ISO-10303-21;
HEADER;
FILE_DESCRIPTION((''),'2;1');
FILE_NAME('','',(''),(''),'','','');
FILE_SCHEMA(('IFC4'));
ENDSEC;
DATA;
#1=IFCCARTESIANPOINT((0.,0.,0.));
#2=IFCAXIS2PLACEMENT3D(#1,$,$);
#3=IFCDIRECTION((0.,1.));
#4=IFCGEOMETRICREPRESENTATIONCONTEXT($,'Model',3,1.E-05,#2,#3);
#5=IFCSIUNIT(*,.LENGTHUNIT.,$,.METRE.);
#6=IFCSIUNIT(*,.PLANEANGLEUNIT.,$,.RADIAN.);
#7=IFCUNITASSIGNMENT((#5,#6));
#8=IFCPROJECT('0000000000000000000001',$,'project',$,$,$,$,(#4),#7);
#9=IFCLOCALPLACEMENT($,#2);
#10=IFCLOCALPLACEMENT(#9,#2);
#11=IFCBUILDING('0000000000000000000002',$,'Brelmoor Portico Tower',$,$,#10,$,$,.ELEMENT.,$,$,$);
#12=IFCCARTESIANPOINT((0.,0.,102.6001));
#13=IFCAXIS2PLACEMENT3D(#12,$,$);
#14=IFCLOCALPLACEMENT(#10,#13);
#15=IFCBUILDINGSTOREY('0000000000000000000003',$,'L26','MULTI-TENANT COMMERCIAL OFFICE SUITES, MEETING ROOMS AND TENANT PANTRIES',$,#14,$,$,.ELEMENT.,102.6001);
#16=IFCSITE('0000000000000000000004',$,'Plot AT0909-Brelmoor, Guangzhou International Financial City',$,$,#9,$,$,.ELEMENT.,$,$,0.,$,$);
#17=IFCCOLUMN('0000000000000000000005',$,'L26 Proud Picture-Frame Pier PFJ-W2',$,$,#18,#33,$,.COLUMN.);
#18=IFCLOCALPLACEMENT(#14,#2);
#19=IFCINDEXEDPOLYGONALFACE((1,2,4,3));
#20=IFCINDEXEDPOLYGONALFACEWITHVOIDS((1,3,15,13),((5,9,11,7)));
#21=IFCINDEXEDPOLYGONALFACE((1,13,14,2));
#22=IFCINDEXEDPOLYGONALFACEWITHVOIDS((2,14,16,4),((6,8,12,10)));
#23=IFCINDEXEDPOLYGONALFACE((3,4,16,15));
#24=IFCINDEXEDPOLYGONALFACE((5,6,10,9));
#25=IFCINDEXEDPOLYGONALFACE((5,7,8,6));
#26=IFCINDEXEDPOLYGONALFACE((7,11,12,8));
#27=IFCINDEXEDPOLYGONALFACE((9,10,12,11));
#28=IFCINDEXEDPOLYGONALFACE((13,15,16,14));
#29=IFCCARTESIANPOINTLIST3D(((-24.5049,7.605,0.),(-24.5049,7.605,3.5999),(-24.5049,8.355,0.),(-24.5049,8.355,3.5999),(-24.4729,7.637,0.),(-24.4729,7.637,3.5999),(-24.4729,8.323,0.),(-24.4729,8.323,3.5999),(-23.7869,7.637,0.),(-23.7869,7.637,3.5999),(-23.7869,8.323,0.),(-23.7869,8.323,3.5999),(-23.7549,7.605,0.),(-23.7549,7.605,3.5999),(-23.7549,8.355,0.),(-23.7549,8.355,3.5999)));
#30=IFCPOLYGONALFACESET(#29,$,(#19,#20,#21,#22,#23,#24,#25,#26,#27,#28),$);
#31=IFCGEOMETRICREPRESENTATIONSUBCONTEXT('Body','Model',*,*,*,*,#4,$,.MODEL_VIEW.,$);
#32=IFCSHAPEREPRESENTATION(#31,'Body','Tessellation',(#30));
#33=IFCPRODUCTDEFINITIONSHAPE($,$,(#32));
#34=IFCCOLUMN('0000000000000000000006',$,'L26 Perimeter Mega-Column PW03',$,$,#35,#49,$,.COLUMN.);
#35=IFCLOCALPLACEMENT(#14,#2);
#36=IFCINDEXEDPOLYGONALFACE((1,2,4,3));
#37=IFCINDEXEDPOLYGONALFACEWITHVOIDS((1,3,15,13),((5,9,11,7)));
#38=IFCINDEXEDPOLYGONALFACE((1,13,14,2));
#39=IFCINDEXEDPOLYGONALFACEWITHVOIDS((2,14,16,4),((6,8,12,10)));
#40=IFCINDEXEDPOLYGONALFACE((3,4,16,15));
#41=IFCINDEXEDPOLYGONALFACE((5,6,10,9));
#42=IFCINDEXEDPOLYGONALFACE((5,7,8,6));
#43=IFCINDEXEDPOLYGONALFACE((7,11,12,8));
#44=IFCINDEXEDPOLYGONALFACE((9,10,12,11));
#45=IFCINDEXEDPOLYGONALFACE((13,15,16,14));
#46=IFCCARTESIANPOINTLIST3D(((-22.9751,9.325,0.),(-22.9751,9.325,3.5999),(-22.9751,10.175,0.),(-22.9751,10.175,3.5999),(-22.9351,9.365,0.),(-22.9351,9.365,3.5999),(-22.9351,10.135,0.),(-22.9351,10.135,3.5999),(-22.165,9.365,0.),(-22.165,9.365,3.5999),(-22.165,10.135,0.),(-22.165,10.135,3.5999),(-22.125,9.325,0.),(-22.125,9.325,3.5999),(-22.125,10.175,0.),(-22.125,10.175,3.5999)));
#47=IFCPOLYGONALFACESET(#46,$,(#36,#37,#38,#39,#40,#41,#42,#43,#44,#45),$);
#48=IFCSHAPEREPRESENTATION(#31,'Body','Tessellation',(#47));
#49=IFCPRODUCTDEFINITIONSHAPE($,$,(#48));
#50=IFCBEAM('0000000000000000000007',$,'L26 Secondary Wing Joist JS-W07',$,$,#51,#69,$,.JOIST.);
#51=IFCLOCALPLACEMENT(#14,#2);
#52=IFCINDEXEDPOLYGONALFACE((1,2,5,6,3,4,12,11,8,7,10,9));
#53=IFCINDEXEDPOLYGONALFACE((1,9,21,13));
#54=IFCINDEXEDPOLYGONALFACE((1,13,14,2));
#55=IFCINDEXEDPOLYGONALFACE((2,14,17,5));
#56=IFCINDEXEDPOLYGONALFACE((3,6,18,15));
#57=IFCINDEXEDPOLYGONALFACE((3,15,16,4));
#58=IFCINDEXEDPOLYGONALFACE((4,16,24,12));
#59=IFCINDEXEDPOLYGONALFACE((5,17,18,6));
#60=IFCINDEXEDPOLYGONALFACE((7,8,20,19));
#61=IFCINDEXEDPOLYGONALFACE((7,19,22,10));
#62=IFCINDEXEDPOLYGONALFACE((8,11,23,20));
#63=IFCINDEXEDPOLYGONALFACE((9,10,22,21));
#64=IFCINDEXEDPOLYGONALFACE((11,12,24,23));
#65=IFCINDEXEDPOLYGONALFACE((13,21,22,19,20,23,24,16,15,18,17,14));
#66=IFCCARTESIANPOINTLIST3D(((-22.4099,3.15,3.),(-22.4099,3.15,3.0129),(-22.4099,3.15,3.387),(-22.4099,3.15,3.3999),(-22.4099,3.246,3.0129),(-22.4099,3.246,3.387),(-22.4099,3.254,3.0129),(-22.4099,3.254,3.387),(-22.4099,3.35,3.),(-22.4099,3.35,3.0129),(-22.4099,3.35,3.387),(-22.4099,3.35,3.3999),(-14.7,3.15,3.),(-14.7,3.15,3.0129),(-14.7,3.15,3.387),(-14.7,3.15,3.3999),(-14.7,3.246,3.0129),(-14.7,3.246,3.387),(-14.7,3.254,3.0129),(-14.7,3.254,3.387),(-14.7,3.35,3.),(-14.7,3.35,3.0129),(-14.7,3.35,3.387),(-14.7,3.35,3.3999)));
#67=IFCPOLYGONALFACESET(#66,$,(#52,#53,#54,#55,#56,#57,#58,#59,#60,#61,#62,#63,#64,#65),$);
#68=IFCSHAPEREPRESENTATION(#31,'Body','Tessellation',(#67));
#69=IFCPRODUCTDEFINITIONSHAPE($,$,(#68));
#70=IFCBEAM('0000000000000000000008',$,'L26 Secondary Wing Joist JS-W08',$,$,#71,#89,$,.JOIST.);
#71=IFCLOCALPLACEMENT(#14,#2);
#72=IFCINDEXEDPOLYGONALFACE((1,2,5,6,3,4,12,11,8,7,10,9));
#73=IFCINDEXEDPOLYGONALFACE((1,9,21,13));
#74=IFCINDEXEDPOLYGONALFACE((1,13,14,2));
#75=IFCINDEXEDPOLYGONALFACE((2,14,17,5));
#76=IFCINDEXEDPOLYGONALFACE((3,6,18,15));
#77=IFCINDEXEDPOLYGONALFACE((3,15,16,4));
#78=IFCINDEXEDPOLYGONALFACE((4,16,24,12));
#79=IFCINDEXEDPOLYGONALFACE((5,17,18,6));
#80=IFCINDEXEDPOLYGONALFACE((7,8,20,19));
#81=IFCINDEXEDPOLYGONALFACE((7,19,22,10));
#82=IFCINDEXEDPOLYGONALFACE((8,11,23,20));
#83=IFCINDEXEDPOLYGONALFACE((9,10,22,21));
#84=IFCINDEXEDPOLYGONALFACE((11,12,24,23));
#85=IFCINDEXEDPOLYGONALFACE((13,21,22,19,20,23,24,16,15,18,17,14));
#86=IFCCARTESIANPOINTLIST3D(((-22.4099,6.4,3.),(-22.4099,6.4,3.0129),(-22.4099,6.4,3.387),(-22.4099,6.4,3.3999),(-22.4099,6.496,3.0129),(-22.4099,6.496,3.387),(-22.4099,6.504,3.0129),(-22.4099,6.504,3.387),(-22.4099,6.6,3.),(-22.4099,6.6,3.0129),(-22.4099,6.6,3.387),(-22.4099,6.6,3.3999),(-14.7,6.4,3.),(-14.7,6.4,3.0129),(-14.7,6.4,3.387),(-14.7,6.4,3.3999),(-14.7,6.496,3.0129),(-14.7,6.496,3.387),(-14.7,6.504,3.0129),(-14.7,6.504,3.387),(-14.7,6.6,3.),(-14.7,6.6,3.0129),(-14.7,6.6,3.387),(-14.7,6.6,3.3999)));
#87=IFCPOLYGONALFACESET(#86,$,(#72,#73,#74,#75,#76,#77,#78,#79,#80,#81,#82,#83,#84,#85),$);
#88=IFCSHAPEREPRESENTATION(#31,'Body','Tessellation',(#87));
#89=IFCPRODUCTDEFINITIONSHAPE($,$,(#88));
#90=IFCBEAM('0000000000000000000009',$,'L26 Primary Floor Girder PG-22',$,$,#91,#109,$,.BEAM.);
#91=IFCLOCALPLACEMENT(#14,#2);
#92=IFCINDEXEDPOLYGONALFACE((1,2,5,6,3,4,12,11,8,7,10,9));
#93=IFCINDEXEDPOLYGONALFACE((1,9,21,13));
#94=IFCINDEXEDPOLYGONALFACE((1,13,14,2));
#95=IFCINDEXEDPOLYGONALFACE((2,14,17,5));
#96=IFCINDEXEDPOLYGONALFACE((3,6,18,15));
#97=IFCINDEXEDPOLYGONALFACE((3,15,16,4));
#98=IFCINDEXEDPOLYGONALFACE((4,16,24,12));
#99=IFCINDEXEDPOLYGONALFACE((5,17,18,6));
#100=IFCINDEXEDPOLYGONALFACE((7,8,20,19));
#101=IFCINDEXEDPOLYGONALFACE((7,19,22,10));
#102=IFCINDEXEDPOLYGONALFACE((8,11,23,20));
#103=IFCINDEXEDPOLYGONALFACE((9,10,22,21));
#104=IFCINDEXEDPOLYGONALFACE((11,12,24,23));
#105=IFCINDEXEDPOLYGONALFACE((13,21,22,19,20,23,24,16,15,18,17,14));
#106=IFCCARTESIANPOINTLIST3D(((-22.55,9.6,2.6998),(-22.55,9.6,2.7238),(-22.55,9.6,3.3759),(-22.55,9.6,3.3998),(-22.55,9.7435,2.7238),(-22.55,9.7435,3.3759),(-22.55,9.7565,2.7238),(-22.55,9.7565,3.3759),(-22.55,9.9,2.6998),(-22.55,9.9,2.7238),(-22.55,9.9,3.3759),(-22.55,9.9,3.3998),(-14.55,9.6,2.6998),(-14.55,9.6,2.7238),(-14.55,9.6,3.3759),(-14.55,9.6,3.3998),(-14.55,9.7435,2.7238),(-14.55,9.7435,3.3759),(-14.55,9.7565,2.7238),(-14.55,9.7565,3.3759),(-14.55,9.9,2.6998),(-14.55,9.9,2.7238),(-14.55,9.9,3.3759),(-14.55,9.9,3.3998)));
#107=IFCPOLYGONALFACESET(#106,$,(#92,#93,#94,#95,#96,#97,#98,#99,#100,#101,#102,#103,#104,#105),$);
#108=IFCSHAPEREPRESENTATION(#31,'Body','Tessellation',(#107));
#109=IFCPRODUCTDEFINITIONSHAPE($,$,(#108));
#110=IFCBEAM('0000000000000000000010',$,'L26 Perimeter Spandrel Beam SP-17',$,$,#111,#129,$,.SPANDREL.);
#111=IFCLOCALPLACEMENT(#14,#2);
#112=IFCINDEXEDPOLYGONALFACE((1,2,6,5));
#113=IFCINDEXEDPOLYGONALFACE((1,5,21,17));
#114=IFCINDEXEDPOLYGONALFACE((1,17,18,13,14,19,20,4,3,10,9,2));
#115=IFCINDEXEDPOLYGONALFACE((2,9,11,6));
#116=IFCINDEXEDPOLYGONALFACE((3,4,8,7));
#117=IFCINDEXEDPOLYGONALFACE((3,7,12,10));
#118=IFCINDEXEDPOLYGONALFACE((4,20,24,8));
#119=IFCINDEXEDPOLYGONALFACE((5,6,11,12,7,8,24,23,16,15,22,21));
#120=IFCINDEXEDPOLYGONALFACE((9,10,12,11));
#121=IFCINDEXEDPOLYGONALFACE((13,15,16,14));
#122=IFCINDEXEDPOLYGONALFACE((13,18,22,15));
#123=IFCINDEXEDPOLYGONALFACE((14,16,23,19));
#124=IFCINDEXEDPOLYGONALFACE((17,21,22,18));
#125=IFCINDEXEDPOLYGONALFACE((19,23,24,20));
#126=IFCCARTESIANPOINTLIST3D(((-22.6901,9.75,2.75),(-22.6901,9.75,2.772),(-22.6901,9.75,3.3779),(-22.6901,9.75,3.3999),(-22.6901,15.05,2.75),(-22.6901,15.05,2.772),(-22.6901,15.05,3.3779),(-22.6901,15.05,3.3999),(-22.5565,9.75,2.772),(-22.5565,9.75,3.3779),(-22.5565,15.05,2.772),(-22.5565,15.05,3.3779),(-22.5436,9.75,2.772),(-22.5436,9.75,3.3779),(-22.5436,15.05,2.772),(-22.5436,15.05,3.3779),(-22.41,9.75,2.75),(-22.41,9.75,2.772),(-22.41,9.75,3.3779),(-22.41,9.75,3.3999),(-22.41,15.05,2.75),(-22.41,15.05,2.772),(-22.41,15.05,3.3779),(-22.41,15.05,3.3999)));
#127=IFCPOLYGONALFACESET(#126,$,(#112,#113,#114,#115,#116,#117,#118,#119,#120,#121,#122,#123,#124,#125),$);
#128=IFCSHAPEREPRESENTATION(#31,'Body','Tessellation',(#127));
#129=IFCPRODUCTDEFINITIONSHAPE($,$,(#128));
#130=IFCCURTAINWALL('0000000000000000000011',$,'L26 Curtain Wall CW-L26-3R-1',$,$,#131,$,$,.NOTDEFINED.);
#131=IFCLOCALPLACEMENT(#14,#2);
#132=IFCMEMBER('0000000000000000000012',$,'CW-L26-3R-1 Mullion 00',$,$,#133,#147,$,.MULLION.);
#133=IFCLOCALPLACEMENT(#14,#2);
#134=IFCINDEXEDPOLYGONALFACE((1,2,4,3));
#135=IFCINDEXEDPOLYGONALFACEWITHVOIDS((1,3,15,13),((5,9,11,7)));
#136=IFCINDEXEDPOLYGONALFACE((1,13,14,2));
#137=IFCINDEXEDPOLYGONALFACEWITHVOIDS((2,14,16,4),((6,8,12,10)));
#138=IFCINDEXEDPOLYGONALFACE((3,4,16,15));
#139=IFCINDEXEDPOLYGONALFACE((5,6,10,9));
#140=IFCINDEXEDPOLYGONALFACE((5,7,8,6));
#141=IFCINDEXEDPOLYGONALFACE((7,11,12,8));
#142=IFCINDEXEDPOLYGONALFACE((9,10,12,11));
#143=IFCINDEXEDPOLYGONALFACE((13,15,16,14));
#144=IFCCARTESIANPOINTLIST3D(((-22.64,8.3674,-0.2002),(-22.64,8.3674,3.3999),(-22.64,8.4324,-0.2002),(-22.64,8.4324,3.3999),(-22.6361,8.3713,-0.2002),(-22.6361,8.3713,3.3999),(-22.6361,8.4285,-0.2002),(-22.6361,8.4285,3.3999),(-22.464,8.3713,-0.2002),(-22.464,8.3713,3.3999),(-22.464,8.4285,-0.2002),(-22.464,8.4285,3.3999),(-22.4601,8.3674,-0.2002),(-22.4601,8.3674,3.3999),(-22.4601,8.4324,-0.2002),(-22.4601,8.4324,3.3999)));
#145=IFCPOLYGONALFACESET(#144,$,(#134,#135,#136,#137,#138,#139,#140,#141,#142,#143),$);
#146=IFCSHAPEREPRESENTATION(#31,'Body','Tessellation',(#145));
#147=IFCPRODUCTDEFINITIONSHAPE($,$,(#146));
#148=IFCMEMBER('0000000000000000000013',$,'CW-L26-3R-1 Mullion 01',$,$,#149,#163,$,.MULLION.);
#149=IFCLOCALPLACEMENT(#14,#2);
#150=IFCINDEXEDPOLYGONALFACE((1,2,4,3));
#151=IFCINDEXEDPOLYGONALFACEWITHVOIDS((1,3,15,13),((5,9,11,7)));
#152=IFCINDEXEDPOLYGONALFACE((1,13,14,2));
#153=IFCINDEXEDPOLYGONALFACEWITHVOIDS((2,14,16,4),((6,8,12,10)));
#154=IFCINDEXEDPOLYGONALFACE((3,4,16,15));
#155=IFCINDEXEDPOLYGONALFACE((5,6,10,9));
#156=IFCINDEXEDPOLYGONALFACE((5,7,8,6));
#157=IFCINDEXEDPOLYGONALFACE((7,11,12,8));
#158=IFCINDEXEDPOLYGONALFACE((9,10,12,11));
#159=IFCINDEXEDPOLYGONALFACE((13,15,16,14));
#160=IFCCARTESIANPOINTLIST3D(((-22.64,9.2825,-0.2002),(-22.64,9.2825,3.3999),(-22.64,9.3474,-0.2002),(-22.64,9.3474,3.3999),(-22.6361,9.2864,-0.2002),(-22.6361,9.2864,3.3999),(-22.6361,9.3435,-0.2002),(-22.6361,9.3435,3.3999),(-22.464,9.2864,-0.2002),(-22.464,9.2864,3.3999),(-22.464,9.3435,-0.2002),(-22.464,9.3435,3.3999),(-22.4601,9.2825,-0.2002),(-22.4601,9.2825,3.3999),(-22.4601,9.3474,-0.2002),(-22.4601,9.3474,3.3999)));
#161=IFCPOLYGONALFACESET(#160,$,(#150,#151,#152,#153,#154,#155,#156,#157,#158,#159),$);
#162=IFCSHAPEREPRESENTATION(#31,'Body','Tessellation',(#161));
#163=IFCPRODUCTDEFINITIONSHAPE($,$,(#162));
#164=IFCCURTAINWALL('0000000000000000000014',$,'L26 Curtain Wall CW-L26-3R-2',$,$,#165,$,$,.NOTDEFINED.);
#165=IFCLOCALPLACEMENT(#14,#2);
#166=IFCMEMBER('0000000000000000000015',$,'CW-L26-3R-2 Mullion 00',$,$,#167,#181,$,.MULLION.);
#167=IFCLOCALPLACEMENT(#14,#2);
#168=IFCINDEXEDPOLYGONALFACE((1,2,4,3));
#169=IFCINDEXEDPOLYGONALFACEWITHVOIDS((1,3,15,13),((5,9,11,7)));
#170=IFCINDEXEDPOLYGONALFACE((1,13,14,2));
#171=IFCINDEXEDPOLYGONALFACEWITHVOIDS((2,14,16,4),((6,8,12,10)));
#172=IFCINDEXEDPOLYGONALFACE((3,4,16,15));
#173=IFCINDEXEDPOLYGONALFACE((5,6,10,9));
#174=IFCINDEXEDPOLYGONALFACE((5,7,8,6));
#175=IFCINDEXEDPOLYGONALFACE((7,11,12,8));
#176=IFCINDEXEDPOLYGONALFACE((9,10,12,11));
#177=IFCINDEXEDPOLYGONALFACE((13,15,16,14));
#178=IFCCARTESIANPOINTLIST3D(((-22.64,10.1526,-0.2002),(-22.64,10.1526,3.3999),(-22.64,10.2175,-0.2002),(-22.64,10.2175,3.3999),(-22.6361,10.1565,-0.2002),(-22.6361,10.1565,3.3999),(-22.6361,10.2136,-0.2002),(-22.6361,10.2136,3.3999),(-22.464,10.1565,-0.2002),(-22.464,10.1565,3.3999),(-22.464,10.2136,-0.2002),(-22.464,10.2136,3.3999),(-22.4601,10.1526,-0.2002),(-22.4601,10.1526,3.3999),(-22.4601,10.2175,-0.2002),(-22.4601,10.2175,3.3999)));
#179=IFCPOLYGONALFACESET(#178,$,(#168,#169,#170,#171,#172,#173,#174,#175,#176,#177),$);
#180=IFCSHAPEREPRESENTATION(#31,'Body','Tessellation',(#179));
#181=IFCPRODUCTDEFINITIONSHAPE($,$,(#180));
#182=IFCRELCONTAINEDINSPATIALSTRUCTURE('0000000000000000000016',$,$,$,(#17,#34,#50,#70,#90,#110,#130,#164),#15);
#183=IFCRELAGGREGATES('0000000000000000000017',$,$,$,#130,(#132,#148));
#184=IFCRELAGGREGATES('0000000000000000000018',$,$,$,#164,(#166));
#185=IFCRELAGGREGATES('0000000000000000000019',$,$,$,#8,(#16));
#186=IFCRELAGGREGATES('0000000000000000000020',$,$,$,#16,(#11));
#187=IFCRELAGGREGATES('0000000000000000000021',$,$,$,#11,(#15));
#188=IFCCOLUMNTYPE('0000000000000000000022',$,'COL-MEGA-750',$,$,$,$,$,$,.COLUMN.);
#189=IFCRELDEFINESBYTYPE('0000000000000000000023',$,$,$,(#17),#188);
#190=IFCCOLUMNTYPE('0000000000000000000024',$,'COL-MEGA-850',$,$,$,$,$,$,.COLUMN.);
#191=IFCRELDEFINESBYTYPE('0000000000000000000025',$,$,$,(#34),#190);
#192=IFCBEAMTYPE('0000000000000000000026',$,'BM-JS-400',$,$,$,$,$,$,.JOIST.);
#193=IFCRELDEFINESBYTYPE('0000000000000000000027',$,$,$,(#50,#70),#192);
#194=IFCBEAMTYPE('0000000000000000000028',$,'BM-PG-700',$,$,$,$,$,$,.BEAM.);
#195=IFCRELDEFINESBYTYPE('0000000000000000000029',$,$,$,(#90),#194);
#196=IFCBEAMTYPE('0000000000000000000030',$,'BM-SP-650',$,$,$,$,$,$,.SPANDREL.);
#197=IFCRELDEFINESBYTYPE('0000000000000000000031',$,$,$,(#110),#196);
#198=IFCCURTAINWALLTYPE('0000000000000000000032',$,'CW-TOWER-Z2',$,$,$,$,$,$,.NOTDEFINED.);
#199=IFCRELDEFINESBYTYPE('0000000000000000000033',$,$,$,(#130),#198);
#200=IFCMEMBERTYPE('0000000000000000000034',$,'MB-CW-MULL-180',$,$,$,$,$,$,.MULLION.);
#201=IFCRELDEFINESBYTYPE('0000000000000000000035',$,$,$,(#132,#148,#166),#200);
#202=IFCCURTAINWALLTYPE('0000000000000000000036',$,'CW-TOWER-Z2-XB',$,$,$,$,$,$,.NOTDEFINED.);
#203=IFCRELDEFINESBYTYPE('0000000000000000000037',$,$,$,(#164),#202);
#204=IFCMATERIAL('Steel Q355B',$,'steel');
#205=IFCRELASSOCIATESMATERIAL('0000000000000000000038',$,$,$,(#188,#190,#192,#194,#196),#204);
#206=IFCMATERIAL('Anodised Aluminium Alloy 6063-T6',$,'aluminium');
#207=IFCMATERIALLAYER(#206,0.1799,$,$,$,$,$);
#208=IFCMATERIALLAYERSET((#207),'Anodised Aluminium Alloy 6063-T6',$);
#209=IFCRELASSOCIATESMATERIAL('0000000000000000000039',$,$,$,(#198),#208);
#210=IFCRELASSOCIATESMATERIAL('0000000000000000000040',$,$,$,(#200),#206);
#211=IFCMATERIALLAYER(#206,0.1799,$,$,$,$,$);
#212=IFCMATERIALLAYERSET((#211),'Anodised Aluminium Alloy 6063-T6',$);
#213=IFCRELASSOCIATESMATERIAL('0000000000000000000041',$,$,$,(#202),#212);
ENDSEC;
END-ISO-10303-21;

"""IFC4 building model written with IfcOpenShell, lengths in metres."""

from ifc_helpers import new_model, si_unit, direction, frame, origin, origin_2d, place, context, subcontext, project, spatial, hollow_rectangle, i_section, extrude, material, layer, layer_set, material_profile, profile_set, type_object, element, aggregate, save


model = new_model("IFC4")

# Units and contexts
model_context = context("Model", 3, precision=1e-05, world=origin(), true_north=direction((0.0, 1.0)))
body_context = subcontext(model_context, "Body", "Model", "MODEL_VIEW")
ifc_project = project(units=[si_unit("LENGTHUNIT", "METRE"), si_unit("PLANEANGLEUNIT", "RADIAN")], contexts=[model_context])

# Site, building, storey
site_placement = place(None, origin())
site = spatial("IfcSite", under=ifc_project, at=site_placement, Name="Plot AT0909-Brelmoor, Guangzhou International Financial City", CompositionType="ELEMENT", RefElevation=0.0)
building_placement = place(site_placement, origin())
building = spatial("IfcBuilding", under=site, at=building_placement, Name="Brelmoor Portico Tower", CompositionType="ELEMENT")
storey_placement = place(building_placement, frame((0.0, 0.0, 102.6001)))
storey = spatial("IfcBuildingStorey", under=building, at=storey_placement, Name="L26", Description="MULTI-TENANT COMMERCIAL OFFICE SUITES, MEETING ROOMS AND TENANT PANTRIES", CompositionType="ELEMENT", Elevation=102.6001)

# Columns
ifc_material_1 = material(Name="Steel Q355B", Category="steel")
ifc_material_profile_1 = material_profile(ifc_material_1, hollow_rectangle(XDim=0.75, YDim=0.75, WallThickness=0.032, at=origin_2d()), Name="BOX 750x750x32")
ifc_profile_set_1 = profile_set([ifc_material_profile_1], Name="Steel Q355B")
column_type_1 = type_object("IfcColumnType", Name="COL-MEGA-750", PredefinedType="COLUMN", material=ifc_profile_set_1)
column_1_placement = place(storey_placement, frame((-24.1299, 7.98, 0.0), z_axis=(0.0, 0.0, 1.0), x_axis=(0.0, 1.0, 0.0)))
element("IfcColumn", 1, at=column_1_placement, inside=storey, type_object=column_type_1, Name="L26 Proud Picture-Frame Pier PFJ-W2", PredefinedType="COLUMN", context=body_context, shape_type="SweptSolid", body=[
    extrude(hollow_rectangle(XDim=0.75, YDim=0.75, WallThickness=0.032, at=origin_2d()), origin(), (0.0, 0.0, 1.0), 3.5999),
])
ifc_material_profile_2 = material_profile(ifc_material_1, hollow_rectangle(XDim=0.8501, YDim=0.8501, WallThickness=0.04, at=origin_2d()), Name="BOX 850x850x40")
ifc_profile_set_2 = profile_set([ifc_material_profile_2], Name="Steel Q355B")
column_type_2 = type_object("IfcColumnType", Name="COL-MEGA-850", PredefinedType="COLUMN", material=ifc_profile_set_2)
column_2_placement = place(storey_placement, frame((-22.55, 9.75, 0.0), z_axis=(0.0, 0.0, 1.0), x_axis=(0.0, 1.0, 0.0)))
element("IfcColumn", 2, at=column_2_placement, inside=storey, type_object=column_type_2, Name="L26 Perimeter Mega-Column PW03", PredefinedType="COLUMN", context=body_context, shape_type="SweptSolid", body=[
    extrude(hollow_rectangle(XDim=0.8501, YDim=0.8501, WallThickness=0.04, at=origin_2d()), origin(), (0.0, 0.0, 1.0), 3.5999),
])

# Beams
ifc_material_profile_3 = material_profile(ifc_material_1, i_section(OverallWidth=0.2, OverallDepth=0.3999, WebThickness=0.0081, FlangeThickness=0.0129, at=origin_2d()), Name="HN 400x200x8x13")
ifc_profile_set_3 = profile_set([ifc_material_profile_3], Name="Steel Q355B")
beam_type_1 = type_object("IfcBeamType", Name="BM-JS-400", PredefinedType="JOIST", material=ifc_profile_set_3)
for number, where, z_axis, x_axis, name in (
    (3, (-22.4099, 3.25, 3.2), (1.0, 0.0, 0.0), (0.0, 1.0, 0.0), "L26 Secondary Wing Joist JS-W07"),
    (4, (-22.4099, 6.5, 3.2), (1.0, 0.0, 0.0), (0.0, 1.0, 0.0), "L26 Secondary Wing Joist JS-W08"),
):
    element("IfcBeam", number, at=place(storey_placement, frame(where, z_axis=z_axis, x_axis=x_axis)), inside=storey, type_object=beam_type_1, Name=name, PredefinedType="JOIST", context=body_context, shape_type="SweptSolid", body=[
        extrude(i_section(OverallWidth=0.2, OverallDepth=0.3999, WebThickness=0.0081, FlangeThickness=0.0129, at=origin_2d()), origin(), (0.0, 0.0, 1.0), 7.71),
    ])
ifc_material_profile_4 = material_profile(ifc_material_1, i_section(OverallWidth=0.3, OverallDepth=0.7, WebThickness=0.0129, FlangeThickness=0.0239, at=origin_2d()), Name="HN 700x300x13x24")
ifc_profile_set_4 = profile_set([ifc_material_profile_4], Name="Steel Q355B")
beam_type_2 = type_object("IfcBeamType", Name="BM-PG-700", PredefinedType="BEAM", material=ifc_profile_set_4)
beam_1_placement = place(storey_placement, frame((-22.55, 9.75, 3.0498), z_axis=(1.0, 0.0, 0.0), x_axis=(0.0, 1.0, 0.0)))
element("IfcBeam", 5, at=beam_1_placement, inside=storey, type_object=beam_type_2, Name="L26 Primary Floor Girder PG-22", PredefinedType="BEAM", context=body_context, shape_type="SweptSolid", body=[
    extrude(i_section(OverallWidth=0.3, OverallDepth=0.7, WebThickness=0.0129, FlangeThickness=0.0239, at=origin_2d()), origin(), (0.0, 0.0, 1.0), 8.0),
])
ifc_material_profile_5 = material_profile(ifc_material_1, i_section(OverallWidth=0.28, OverallDepth=0.6499, WebThickness=0.0129, FlangeThickness=0.022, at=origin_2d()), Name="HN 650x280x13x22")
ifc_profile_set_5 = profile_set([ifc_material_profile_5], Name="Steel Q355B")
beam_type_3 = type_object("IfcBeamType", Name="BM-SP-650", PredefinedType="SPANDREL", material=ifc_profile_set_5)
beam_2_placement = place(storey_placement, frame((-22.55, 9.75, 3.075), z_axis=(0.0, 1.0, 0.0), x_axis=(-1.0, 0.0, 0.0)))
element("IfcBeam", 6, at=beam_2_placement, inside=storey, type_object=beam_type_3, Name="L26 Perimeter Spandrel Beam SP-17", PredefinedType="SPANDREL", context=body_context, shape_type="SweptSolid", body=[
    extrude(i_section(OverallWidth=0.28, OverallDepth=0.6499, WebThickness=0.0129, FlangeThickness=0.022, at=origin_2d()), origin(), (0.0, 0.0, 1.0), 5.3),
])

# Curtain wall, members
ifc_material_2 = material(Name="Anodised Aluminium Alloy 6063-T6", Category="aluminium")
ifc_layer_1 = layer(ifc_material_2, 0.1799)
ifc_layer_set_1 = layer_set([ifc_layer_1], Name="Anodised Aluminium Alloy 6063-T6")
curtain_wall_type_1 = type_object("IfcCurtainWallType", Name="CW-TOWER-Z2", PredefinedType="NOTDEFINED", material=ifc_layer_set_1)
curtain_wall_1_placement = place(storey_placement, origin())
curtain_wall_1 = element("IfcCurtainWall", 7, at=curtain_wall_1_placement, inside=storey, type_object=curtain_wall_type_1, Name="L26 Curtain Wall CW-L26-3R-1", PredefinedType="NOTDEFINED")
ifc_material_profile_6 = material_profile(ifc_material_2, hollow_rectangle(XDim=0.0649, YDim=0.1799, WallThickness=0.0039, at=origin_2d()), Name="ALU MULLION 65x180")
ifc_profile_set_6 = profile_set([ifc_material_profile_6], Name="Anodised Aluminium Alloy 6063-T6")
member_type_1 = type_object("IfcMemberType", Name="MB-CW-MULL-180", PredefinedType="MULLION", material=ifc_profile_set_6)
member_1_placement = place(storey_placement, frame((-22.55, 8.3999, -0.2002), z_axis=(0.0, 0.0, 1.0), x_axis=(0.0, 1.0, 0.0)))
member_1 = element("IfcMember", 8, at=member_1_placement, type_object=member_type_1, Name="CW-L26-3R-1 Mullion 00", PredefinedType="MULLION", context=body_context, shape_type="SweptSolid", body=[
    extrude(hollow_rectangle(XDim=0.0649, YDim=0.1799, WallThickness=0.0039, at=origin_2d()), origin(), (0.0, 0.0, 1.0), 3.6001),
])
member_2_placement = place(storey_placement, frame((-22.55, 9.3149, -0.2002), z_axis=(0.0, 0.0, 1.0), x_axis=(0.0, 1.0, 0.0)))
member_2 = element("IfcMember", 9, at=member_2_placement, type_object=member_type_1, Name="CW-L26-3R-1 Mullion 01", PredefinedType="MULLION", context=body_context, shape_type="SweptSolid", body=[
    extrude(hollow_rectangle(XDim=0.0649, YDim=0.1799, WallThickness=0.0039, at=origin_2d()), origin(), (0.0, 0.0, 1.0), 3.6001),
])

# Curtain wall, member
ifc_layer_2 = layer(ifc_material_2, 0.1799)
ifc_layer_set_2 = layer_set([ifc_layer_2], Name="Anodised Aluminium Alloy 6063-T6")
curtain_wall_type_2 = type_object("IfcCurtainWallType", Name="CW-TOWER-Z2-XB", PredefinedType="NOTDEFINED", material=ifc_layer_set_2)
curtain_wall_2_placement = place(storey_placement, origin())
curtain_wall_2 = element("IfcCurtainWall", 10, at=curtain_wall_2_placement, inside=storey, type_object=curtain_wall_type_2, Name="L26 Curtain Wall CW-L26-3R-2", PredefinedType="NOTDEFINED")
member_3_placement = place(storey_placement, frame((-22.55, 10.1851, -0.2002), z_axis=(0.0, 0.0, 1.0), x_axis=(0.0, 1.0, 0.0)))
member_3 = element("IfcMember", 11, at=member_3_placement, type_object=member_type_1, Name="CW-L26-3R-2 Mullion 00", PredefinedType="MULLION", context=body_context, shape_type="SweptSolid", body=[
    extrude(hollow_rectangle(XDim=0.0649, YDim=0.1799, WallThickness=0.0039, at=origin_2d()), origin(), (0.0, 0.0, 1.0), 3.6001),
])

aggregate(curtain_wall_1, [member_1, member_2])
aggregate(curtain_wall_2, [member_3])

save(model, "model.ifc")
